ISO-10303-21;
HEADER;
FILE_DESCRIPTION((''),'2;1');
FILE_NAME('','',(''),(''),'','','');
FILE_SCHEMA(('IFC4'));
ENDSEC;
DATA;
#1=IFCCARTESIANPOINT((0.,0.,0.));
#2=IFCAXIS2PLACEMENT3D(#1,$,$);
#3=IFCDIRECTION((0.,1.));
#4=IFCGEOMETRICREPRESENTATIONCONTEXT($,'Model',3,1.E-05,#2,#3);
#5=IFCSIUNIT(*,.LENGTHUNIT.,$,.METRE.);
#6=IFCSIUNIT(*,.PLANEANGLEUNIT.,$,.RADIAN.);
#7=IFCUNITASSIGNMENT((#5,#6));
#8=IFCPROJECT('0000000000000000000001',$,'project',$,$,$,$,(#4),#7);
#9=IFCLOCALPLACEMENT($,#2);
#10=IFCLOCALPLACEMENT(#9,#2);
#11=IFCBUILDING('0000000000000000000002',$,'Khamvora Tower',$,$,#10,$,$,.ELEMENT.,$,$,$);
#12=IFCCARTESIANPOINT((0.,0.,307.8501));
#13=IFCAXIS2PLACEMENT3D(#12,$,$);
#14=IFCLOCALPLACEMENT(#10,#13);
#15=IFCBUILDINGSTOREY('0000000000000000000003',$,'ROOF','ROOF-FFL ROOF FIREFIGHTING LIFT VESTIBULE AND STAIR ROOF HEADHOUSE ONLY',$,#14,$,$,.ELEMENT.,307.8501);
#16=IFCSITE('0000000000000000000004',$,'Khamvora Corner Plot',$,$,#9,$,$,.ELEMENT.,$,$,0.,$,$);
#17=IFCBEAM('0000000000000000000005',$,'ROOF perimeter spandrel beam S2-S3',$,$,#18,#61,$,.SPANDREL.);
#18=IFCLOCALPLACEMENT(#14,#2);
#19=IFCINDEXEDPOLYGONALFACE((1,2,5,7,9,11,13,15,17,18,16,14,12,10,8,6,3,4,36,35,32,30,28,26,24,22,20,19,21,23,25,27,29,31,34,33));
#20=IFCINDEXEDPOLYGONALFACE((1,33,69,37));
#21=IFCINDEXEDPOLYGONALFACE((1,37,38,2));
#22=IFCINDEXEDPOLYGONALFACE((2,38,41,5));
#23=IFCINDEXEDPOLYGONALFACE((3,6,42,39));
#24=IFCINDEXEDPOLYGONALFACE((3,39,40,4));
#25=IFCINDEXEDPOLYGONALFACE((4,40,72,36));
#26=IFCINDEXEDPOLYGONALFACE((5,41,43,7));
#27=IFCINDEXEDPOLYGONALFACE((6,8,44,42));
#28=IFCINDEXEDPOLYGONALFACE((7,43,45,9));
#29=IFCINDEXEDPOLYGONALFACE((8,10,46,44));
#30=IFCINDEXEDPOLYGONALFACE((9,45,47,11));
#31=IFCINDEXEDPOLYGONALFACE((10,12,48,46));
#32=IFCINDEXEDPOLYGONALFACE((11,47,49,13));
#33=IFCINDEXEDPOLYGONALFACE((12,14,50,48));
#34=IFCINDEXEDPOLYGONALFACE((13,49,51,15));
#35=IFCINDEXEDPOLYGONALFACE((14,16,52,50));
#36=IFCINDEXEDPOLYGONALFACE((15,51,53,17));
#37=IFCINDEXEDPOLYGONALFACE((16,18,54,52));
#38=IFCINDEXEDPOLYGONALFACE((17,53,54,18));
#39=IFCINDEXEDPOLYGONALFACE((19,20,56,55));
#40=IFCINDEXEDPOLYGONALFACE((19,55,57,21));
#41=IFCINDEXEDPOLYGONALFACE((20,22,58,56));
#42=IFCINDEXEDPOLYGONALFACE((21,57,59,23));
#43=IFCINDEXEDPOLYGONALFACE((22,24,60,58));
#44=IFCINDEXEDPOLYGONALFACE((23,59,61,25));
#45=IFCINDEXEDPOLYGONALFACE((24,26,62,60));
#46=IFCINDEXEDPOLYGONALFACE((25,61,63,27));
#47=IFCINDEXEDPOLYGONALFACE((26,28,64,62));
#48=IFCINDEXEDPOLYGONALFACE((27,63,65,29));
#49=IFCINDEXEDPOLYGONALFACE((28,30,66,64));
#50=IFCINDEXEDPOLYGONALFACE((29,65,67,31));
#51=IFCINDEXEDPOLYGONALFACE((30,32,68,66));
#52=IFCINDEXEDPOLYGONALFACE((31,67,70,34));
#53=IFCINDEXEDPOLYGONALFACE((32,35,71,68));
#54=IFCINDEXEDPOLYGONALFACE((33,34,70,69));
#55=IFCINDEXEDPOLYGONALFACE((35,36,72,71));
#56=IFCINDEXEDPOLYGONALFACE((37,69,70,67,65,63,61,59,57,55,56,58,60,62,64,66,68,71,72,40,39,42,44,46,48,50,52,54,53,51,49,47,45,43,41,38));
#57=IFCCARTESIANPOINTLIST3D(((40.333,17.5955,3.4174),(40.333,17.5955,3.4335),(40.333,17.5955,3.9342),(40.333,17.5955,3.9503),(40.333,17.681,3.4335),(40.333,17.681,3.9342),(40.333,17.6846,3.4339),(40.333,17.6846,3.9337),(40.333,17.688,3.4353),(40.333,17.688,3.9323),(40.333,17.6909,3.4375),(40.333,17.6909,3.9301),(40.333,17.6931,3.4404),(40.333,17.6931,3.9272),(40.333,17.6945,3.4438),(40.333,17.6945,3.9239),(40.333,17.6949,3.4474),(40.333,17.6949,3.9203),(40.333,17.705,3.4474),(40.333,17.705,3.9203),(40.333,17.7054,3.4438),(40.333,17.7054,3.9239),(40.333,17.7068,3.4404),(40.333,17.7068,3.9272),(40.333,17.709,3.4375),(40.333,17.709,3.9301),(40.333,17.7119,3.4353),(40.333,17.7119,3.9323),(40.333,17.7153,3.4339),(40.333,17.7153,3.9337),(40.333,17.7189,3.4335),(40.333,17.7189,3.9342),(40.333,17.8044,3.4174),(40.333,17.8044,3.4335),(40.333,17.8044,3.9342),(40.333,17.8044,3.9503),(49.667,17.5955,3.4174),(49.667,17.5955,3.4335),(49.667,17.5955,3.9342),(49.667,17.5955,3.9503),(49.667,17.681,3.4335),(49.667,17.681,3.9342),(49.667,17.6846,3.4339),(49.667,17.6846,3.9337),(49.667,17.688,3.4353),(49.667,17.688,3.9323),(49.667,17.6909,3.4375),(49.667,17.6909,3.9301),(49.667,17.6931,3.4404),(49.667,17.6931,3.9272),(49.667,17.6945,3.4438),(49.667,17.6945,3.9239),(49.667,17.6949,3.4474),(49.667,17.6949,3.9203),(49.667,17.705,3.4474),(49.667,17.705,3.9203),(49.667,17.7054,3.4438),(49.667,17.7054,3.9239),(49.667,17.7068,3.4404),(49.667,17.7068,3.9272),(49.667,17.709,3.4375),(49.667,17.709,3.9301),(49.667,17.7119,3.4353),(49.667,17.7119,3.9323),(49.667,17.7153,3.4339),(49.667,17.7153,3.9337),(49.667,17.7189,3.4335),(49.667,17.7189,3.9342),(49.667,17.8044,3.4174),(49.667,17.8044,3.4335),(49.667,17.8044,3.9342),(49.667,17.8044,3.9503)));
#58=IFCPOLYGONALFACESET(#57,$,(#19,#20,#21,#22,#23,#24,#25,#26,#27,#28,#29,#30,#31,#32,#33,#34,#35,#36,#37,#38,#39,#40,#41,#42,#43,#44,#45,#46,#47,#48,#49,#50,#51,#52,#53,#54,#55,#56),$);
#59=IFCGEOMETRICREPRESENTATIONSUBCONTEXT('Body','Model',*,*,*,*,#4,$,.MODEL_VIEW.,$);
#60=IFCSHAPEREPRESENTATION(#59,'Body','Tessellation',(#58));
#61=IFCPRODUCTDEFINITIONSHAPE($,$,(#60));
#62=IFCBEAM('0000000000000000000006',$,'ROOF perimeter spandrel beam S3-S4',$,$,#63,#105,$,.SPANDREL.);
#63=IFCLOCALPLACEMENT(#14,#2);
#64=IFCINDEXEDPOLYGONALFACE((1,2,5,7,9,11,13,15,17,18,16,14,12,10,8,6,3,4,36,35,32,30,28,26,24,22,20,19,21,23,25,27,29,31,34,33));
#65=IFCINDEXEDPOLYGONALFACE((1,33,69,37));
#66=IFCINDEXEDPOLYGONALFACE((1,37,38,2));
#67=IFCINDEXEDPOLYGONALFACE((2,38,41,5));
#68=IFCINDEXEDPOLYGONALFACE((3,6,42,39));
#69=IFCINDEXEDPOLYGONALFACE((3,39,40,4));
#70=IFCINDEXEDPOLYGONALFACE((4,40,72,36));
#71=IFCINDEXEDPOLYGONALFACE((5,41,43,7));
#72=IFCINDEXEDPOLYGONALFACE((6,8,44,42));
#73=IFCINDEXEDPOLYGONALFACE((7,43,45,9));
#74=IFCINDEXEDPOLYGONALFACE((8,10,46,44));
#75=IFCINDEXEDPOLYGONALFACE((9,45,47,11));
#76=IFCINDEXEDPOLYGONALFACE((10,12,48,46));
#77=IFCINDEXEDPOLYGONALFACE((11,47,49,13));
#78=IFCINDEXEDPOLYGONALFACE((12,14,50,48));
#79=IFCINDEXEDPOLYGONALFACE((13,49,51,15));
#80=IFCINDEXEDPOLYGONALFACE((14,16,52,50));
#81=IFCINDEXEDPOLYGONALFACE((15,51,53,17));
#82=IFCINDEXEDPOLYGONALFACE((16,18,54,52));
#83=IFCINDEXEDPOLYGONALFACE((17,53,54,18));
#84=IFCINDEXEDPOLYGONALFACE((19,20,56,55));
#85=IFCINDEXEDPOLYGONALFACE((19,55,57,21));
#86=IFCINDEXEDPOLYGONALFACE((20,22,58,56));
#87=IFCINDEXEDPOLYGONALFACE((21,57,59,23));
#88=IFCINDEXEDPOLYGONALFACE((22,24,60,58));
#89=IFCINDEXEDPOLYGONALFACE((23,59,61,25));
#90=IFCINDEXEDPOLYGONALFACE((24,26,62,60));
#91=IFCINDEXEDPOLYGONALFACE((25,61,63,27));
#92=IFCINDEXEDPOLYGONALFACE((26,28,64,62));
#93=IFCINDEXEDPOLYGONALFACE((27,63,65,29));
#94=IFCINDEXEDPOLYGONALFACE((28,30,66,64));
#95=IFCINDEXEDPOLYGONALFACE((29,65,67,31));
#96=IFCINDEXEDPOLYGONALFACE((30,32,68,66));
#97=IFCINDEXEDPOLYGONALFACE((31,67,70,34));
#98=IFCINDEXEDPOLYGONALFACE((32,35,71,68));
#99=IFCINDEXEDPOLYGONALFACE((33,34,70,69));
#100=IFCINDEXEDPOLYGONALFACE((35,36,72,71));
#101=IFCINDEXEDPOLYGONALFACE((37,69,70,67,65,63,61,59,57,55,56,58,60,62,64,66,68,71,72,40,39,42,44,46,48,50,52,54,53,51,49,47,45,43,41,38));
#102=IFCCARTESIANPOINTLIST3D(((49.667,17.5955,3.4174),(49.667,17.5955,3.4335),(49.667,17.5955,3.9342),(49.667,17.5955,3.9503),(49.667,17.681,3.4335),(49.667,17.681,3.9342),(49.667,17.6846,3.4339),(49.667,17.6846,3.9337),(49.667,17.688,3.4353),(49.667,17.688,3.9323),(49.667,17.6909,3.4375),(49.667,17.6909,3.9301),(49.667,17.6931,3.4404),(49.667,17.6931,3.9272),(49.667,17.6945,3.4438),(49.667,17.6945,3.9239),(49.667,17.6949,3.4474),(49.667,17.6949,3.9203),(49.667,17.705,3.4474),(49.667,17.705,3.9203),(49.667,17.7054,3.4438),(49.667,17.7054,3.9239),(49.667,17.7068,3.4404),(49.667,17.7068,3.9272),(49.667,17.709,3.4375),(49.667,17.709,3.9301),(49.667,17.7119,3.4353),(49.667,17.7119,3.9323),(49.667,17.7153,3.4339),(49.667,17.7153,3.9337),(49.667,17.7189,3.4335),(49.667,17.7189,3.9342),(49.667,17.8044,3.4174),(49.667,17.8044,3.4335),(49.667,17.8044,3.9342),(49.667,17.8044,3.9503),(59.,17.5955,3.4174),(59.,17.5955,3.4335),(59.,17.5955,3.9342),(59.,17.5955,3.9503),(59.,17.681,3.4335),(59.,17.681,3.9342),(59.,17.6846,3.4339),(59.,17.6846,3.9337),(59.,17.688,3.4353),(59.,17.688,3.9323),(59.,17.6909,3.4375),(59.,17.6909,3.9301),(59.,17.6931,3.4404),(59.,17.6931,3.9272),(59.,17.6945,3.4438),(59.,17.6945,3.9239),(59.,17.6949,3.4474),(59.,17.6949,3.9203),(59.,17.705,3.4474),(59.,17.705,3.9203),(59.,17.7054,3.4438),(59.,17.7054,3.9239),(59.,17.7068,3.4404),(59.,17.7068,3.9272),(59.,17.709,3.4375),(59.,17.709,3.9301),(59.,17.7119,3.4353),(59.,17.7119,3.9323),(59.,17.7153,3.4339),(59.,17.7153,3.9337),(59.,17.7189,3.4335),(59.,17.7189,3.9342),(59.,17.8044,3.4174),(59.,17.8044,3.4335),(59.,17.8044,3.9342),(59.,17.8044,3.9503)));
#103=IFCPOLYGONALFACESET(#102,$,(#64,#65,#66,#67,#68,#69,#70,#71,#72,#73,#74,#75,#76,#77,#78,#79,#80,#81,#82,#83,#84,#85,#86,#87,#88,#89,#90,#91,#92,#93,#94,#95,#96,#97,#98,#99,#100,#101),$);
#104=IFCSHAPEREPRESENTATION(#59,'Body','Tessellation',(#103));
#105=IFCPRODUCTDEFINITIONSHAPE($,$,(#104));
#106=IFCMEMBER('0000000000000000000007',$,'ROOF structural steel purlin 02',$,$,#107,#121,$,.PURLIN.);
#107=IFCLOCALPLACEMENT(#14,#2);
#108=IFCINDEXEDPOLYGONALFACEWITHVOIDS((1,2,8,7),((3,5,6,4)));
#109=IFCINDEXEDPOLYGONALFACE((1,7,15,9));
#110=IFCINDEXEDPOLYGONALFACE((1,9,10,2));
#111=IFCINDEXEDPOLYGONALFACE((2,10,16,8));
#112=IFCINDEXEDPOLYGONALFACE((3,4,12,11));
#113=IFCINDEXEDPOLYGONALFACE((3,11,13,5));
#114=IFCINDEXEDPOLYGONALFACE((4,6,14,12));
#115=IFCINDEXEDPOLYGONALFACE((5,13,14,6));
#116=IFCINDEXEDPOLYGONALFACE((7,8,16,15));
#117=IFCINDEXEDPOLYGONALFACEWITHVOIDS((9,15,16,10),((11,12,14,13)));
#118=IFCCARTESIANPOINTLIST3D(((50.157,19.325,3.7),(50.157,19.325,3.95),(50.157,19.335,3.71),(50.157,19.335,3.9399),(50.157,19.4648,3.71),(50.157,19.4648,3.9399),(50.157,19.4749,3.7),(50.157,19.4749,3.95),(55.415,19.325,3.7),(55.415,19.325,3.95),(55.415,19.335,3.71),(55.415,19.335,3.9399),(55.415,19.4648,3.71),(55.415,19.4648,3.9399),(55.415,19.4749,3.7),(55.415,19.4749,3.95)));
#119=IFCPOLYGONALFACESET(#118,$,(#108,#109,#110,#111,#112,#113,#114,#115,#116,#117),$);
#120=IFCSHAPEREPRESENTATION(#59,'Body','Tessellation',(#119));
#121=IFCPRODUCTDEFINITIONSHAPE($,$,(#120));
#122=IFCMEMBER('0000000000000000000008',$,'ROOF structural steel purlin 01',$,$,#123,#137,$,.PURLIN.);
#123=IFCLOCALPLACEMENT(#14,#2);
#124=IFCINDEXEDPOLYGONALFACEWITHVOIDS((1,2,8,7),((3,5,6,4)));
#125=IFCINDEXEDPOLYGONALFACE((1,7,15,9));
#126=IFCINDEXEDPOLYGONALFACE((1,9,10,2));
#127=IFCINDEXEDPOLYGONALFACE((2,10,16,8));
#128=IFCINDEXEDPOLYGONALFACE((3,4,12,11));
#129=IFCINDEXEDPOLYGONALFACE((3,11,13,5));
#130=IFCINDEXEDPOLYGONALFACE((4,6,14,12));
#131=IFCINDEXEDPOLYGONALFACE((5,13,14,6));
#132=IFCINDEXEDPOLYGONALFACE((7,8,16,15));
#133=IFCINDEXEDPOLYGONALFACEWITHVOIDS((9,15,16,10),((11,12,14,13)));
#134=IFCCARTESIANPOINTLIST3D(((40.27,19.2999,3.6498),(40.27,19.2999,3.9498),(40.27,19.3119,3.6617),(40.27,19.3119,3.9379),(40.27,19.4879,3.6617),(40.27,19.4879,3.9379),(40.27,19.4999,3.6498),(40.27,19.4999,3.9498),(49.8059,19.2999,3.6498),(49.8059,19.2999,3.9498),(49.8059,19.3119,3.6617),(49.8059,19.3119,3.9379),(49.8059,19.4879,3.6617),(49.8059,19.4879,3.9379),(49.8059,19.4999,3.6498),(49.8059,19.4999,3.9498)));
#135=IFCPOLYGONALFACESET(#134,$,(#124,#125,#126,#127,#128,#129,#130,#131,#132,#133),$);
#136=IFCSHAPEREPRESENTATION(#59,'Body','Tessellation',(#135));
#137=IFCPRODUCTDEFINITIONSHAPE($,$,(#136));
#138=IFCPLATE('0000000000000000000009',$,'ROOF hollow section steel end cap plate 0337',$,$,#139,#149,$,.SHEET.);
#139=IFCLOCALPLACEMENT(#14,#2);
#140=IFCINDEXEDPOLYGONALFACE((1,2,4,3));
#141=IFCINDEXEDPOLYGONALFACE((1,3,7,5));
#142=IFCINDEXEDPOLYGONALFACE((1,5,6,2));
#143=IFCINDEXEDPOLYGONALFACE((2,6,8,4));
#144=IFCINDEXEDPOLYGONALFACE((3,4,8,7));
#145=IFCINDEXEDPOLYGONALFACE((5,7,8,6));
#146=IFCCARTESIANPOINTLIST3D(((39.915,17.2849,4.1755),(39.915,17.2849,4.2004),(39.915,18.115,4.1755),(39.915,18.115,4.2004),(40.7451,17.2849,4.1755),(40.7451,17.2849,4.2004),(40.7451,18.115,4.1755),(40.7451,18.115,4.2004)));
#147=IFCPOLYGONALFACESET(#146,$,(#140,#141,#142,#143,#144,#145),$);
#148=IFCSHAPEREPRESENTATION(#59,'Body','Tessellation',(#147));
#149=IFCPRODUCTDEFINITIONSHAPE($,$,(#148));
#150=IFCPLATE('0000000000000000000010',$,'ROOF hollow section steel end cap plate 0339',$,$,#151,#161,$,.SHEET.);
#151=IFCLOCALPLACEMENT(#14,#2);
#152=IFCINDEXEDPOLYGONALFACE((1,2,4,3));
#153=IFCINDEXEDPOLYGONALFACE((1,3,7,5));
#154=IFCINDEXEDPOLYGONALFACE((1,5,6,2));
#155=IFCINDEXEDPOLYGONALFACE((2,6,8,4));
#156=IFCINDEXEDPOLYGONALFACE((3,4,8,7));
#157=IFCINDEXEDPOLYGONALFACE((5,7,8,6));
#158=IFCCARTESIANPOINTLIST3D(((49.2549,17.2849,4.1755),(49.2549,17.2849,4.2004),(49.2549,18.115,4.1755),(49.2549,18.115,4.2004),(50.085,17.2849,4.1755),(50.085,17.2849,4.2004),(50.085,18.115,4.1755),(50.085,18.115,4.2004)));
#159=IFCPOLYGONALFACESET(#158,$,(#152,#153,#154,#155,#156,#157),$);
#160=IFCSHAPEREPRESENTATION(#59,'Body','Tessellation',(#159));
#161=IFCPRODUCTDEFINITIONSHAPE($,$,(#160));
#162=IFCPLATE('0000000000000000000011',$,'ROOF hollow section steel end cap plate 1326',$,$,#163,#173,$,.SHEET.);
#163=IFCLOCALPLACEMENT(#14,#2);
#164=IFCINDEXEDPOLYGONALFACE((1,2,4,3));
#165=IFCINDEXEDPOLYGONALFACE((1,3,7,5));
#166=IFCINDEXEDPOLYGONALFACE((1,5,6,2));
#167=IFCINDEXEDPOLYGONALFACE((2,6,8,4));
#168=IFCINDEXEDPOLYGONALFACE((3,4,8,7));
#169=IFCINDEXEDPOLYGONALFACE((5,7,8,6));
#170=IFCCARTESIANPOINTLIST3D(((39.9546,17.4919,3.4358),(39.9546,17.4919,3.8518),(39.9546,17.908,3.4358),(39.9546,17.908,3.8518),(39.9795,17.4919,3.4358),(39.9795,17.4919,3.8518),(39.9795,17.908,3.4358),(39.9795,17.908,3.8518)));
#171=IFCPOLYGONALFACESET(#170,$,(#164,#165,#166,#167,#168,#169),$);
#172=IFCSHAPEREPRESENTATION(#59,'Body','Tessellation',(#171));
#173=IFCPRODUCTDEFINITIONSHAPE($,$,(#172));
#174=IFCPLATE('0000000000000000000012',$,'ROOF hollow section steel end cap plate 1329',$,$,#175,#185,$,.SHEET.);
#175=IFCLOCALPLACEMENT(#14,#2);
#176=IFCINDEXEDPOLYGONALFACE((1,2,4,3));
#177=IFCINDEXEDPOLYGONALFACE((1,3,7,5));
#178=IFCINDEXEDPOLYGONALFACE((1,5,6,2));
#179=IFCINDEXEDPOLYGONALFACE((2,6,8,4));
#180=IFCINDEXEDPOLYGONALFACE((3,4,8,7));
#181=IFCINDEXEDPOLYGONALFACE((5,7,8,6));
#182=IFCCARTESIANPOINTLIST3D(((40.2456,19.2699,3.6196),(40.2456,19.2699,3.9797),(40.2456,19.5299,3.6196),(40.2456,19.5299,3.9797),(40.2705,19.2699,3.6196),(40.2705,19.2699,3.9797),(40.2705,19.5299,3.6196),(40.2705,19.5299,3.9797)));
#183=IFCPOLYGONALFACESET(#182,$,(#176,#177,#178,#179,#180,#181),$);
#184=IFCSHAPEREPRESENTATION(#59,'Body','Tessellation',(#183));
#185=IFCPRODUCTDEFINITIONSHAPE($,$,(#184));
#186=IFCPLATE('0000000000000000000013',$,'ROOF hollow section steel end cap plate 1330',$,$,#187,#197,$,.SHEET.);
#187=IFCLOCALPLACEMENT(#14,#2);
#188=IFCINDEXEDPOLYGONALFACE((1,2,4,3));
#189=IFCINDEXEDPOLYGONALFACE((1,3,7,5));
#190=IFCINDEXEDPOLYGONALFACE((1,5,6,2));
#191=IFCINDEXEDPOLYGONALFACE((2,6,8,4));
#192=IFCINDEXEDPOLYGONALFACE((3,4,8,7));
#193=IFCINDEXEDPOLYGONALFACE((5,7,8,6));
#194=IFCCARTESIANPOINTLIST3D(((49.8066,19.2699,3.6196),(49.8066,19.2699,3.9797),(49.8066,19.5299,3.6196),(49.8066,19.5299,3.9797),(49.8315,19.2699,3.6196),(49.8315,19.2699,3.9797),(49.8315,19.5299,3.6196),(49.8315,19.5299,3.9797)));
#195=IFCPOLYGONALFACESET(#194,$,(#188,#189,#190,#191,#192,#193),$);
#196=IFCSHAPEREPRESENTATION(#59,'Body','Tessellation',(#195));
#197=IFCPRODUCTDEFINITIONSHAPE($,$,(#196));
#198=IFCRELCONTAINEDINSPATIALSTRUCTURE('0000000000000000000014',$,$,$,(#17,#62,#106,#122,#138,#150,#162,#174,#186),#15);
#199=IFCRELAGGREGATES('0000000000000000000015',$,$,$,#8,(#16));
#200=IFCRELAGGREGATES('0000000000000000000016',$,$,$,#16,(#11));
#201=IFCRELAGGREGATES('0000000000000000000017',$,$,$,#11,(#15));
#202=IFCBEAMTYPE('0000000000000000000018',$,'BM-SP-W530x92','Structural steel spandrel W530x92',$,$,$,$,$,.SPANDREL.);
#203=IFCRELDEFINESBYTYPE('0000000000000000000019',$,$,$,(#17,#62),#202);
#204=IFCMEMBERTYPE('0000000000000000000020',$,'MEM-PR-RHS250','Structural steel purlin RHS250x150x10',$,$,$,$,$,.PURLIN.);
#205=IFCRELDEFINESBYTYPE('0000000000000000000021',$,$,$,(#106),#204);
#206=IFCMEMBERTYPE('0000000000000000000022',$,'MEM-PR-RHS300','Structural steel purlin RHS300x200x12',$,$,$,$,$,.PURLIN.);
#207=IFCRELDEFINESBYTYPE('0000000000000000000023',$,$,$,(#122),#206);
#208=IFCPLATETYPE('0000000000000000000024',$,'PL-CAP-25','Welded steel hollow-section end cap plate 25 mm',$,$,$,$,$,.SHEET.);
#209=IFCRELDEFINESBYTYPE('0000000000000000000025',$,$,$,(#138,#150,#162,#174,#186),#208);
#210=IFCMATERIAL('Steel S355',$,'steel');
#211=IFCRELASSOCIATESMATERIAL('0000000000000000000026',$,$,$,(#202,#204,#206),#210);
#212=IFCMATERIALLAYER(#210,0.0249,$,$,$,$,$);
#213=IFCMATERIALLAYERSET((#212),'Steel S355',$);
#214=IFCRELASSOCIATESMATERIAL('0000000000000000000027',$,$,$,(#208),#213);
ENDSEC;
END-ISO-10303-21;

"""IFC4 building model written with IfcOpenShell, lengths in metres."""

from ifc_helpers import new_model, si_unit, direction, frame, origin, origin_2d, place, context, subcontext, project, spatial, rectangle, hollow_rectangle, i_section, extrude, material, layer, layer_set, material_profile, profile_set, type_object, element, save


model = new_model("IFC4")

# Units and contexts
model_context = context("Model", 3, precision=1e-05, world=origin(), true_north=direction((0.0, 1.0)))
body_context = subcontext(model_context, "Body", "Model", "MODEL_VIEW")
ifc_project = project(units=[si_unit("LENGTHUNIT", "METRE"), si_unit("PLANEANGLEUNIT", "RADIAN")], contexts=[model_context])

# Site, building, storey
site_placement = place(None, origin())
site = spatial("IfcSite", under=ifc_project, at=site_placement, Name="Khamvora Corner Plot", CompositionType="ELEMENT", RefElevation=0.0)
building_placement = place(site_placement, origin())
building = spatial("IfcBuilding", under=site, at=building_placement, Name="Khamvora Tower", CompositionType="ELEMENT")
storey_placement = place(building_placement, frame((0.0, 0.0, 307.8501)))
storey = spatial("IfcBuildingStorey", under=building, at=storey_placement, Name="ROOF", Description="ROOF-FFL ROOF FIREFIGHTING LIFT VESTIBULE AND STAIR ROOF HEADHOUSE ONLY", CompositionType="ELEMENT", Elevation=307.8501)

# Shared definitions
ifc_material_1 = material(Name="Steel S355", Category="steel")

# Beams
ifc_material_profile_1 = material_profile(ifc_material_1, i_section(OverallWidth=0.209, OverallDepth=0.533, WebThickness=0.01, FlangeThickness=0.0161, FilletRadius=0.0139, at=origin_2d()), Name="W530x92")
ifc_profile_set_1 = profile_set([ifc_material_profile_1], Name="Steel S355")
beam_type_1 = type_object("IfcBeamType", Name="BM-SP-W530x92", Description="Structural steel spandrel W530x92", PredefinedType="SPANDREL", material=ifc_profile_set_1)
beam_1_placement = place(storey_placement, frame((40.333, 17.7, 3.6838), z_axis=(1.0, 0.0, 0.0), x_axis=(0.0, 1.0, 0.0)))
element("IfcBeam", 1, at=beam_1_placement, inside=storey, type_object=beam_type_1, Name="ROOF perimeter spandrel beam S2-S3", PredefinedType="SPANDREL", context=body_context, shape_type="SweptSolid", body=[
    extrude(i_section(OverallWidth=0.209, OverallDepth=0.533, WebThickness=0.01, FlangeThickness=0.0161, FilletRadius=0.0139, at=origin_2d()), origin(), (0.0, 0.0, 1.0), 9.334),
])
beam_2_placement = place(storey_placement, frame((49.667, 17.7, 3.6838), z_axis=(1.0, 0.0, 0.0), x_axis=(0.0, 1.0, 0.0)))
element("IfcBeam", 2, at=beam_2_placement, inside=storey, type_object=beam_type_1, Name="ROOF perimeter spandrel beam S3-S4", PredefinedType="SPANDREL", context=body_context, shape_type="SweptSolid", body=[
    extrude(i_section(OverallWidth=0.209, OverallDepth=0.533, WebThickness=0.01, FlangeThickness=0.0161, FilletRadius=0.0139, at=origin_2d()), origin(), (0.0, 0.0, 1.0), 9.333),
])

# Members
ifc_material_profile_2 = material_profile(ifc_material_1, hollow_rectangle(XDim=0.1499, YDim=0.25, WallThickness=0.01, at=origin_2d()), Name="RHS250x150x10")
ifc_profile_set_2 = profile_set([ifc_material_profile_2], Name="Steel S355")
member_type_1 = type_object("IfcMemberType", Name="MEM-PR-RHS250", Description="Structural steel purlin RHS250x150x10", PredefinedType="PURLIN", material=ifc_profile_set_2)
member_1_placement = place(storey_placement, frame((50.157, 19.3999, 3.825), z_axis=(1.0, 0.0, 0.0), x_axis=(0.0, 1.0, 0.0)))
element("IfcMember", 3, at=member_1_placement, inside=storey, type_object=member_type_1, Name="ROOF structural steel purlin 02", PredefinedType="PURLIN", context=body_context, shape_type="SweptSolid", body=[
    extrude(hollow_rectangle(XDim=0.1499, YDim=0.25, WallThickness=0.01, at=origin_2d()), origin(), (0.0, 0.0, 1.0), 5.2581),
])
ifc_material_profile_3 = material_profile(ifc_material_1, hollow_rectangle(XDim=0.2, YDim=0.3, WallThickness=0.012, at=origin_2d()), Name="RHS300x200x12")
ifc_profile_set_3 = profile_set([ifc_material_profile_3], Name="Steel S355")
member_type_2 = type_object("IfcMemberType", Name="MEM-PR-RHS300", Description="Structural steel purlin RHS300x200x12", PredefinedType="PURLIN", material=ifc_profile_set_3)
member_2_placement = place(storey_placement, frame((40.27, 19.3999, 3.7998), z_axis=(1.0, 0.0, 0.0), x_axis=(0.0, 1.0, 0.0)))
element("IfcMember", 4, at=member_2_placement, inside=storey, type_object=member_type_2, Name="ROOF structural steel purlin 01", PredefinedType="PURLIN", context=body_context, shape_type="SweptSolid", body=[
    extrude(hollow_rectangle(XDim=0.2, YDim=0.3, WallThickness=0.012, at=origin_2d()), origin(), (0.0, 0.0, 1.0), 9.5359),
])

# Plates
ifc_layer_1 = layer(ifc_material_1, 0.0249)
ifc_layer_set_1 = layer_set([ifc_layer_1], Name="Steel S355")
plate_type_1 = type_object("IfcPlateType", Name="PL-CAP-25", Description="Welded steel hollow-section end cap plate 25 mm", PredefinedType="SHEET", material=ifc_layer_set_1)
for number, where, z_axis, x_axis, name in (
    (5, (40.3301, 17.7, 4.1755), (0.0, 0.0, 1.0), (1.0, 0.0, 0.0), "ROOF hollow section steel end cap plate 0337"),
    (6, (49.6699, 17.7, 4.1755), (0.0, 0.0, 1.0), (1.0, 0.0, 0.0), "ROOF hollow section steel end cap plate 0339"),
):
    element("IfcPlate", number, at=place(storey_placement, frame(where, z_axis=z_axis, x_axis=x_axis)), inside=storey, type_object=plate_type_1, Name=name, PredefinedType="SHEET", context=body_context, shape_type="SweptSolid", body=[
        extrude(rectangle(XDim=0.8301, YDim=0.8301, at=origin_2d()), origin(), (0.0, 0.0, 1.0), 0.0249),
    ])
plate_1_placement = place(storey_placement, frame((39.967, 17.7, 3.4358), z_axis=(0.0, 0.0, 1.0), x_axis=(1.0, 0.0, 0.0)))
element("IfcPlate", 7, at=plate_1_placement, inside=storey, type_object=plate_type_1, Name="ROOF hollow section steel end cap plate 1326", PredefinedType="SHEET", context=body_context, shape_type="SweptSolid", body=[
    extrude(rectangle(XDim=0.0249, YDim=0.416, at=origin_2d()), origin(), (0.0, 0.0, 1.0), 0.416),
])
for number, where, z_axis, x_axis, name in (
    (8, (40.2581, 19.3999, 3.6196), (0.0, 0.0, 1.0), (1.0, 0.0, 0.0), "ROOF hollow section steel end cap plate 1329"),
    (9, (49.8191, 19.3999, 3.6196), (0.0, 0.0, 1.0), (1.0, 0.0, 0.0), "ROOF hollow section steel end cap plate 1330"),
):
    element("IfcPlate", number, at=place(storey_placement, frame(where, z_axis=z_axis, x_axis=x_axis)), inside=storey, type_object=plate_type_1, Name=name, PredefinedType="SHEET", context=body_context, shape_type="SweptSolid", body=[
        extrude(rectangle(XDim=0.0249, YDim=0.26, at=origin_2d()), origin(), (0.0, 0.0, 1.0), 0.3601),
    ])

save(model, "model.ifc")
